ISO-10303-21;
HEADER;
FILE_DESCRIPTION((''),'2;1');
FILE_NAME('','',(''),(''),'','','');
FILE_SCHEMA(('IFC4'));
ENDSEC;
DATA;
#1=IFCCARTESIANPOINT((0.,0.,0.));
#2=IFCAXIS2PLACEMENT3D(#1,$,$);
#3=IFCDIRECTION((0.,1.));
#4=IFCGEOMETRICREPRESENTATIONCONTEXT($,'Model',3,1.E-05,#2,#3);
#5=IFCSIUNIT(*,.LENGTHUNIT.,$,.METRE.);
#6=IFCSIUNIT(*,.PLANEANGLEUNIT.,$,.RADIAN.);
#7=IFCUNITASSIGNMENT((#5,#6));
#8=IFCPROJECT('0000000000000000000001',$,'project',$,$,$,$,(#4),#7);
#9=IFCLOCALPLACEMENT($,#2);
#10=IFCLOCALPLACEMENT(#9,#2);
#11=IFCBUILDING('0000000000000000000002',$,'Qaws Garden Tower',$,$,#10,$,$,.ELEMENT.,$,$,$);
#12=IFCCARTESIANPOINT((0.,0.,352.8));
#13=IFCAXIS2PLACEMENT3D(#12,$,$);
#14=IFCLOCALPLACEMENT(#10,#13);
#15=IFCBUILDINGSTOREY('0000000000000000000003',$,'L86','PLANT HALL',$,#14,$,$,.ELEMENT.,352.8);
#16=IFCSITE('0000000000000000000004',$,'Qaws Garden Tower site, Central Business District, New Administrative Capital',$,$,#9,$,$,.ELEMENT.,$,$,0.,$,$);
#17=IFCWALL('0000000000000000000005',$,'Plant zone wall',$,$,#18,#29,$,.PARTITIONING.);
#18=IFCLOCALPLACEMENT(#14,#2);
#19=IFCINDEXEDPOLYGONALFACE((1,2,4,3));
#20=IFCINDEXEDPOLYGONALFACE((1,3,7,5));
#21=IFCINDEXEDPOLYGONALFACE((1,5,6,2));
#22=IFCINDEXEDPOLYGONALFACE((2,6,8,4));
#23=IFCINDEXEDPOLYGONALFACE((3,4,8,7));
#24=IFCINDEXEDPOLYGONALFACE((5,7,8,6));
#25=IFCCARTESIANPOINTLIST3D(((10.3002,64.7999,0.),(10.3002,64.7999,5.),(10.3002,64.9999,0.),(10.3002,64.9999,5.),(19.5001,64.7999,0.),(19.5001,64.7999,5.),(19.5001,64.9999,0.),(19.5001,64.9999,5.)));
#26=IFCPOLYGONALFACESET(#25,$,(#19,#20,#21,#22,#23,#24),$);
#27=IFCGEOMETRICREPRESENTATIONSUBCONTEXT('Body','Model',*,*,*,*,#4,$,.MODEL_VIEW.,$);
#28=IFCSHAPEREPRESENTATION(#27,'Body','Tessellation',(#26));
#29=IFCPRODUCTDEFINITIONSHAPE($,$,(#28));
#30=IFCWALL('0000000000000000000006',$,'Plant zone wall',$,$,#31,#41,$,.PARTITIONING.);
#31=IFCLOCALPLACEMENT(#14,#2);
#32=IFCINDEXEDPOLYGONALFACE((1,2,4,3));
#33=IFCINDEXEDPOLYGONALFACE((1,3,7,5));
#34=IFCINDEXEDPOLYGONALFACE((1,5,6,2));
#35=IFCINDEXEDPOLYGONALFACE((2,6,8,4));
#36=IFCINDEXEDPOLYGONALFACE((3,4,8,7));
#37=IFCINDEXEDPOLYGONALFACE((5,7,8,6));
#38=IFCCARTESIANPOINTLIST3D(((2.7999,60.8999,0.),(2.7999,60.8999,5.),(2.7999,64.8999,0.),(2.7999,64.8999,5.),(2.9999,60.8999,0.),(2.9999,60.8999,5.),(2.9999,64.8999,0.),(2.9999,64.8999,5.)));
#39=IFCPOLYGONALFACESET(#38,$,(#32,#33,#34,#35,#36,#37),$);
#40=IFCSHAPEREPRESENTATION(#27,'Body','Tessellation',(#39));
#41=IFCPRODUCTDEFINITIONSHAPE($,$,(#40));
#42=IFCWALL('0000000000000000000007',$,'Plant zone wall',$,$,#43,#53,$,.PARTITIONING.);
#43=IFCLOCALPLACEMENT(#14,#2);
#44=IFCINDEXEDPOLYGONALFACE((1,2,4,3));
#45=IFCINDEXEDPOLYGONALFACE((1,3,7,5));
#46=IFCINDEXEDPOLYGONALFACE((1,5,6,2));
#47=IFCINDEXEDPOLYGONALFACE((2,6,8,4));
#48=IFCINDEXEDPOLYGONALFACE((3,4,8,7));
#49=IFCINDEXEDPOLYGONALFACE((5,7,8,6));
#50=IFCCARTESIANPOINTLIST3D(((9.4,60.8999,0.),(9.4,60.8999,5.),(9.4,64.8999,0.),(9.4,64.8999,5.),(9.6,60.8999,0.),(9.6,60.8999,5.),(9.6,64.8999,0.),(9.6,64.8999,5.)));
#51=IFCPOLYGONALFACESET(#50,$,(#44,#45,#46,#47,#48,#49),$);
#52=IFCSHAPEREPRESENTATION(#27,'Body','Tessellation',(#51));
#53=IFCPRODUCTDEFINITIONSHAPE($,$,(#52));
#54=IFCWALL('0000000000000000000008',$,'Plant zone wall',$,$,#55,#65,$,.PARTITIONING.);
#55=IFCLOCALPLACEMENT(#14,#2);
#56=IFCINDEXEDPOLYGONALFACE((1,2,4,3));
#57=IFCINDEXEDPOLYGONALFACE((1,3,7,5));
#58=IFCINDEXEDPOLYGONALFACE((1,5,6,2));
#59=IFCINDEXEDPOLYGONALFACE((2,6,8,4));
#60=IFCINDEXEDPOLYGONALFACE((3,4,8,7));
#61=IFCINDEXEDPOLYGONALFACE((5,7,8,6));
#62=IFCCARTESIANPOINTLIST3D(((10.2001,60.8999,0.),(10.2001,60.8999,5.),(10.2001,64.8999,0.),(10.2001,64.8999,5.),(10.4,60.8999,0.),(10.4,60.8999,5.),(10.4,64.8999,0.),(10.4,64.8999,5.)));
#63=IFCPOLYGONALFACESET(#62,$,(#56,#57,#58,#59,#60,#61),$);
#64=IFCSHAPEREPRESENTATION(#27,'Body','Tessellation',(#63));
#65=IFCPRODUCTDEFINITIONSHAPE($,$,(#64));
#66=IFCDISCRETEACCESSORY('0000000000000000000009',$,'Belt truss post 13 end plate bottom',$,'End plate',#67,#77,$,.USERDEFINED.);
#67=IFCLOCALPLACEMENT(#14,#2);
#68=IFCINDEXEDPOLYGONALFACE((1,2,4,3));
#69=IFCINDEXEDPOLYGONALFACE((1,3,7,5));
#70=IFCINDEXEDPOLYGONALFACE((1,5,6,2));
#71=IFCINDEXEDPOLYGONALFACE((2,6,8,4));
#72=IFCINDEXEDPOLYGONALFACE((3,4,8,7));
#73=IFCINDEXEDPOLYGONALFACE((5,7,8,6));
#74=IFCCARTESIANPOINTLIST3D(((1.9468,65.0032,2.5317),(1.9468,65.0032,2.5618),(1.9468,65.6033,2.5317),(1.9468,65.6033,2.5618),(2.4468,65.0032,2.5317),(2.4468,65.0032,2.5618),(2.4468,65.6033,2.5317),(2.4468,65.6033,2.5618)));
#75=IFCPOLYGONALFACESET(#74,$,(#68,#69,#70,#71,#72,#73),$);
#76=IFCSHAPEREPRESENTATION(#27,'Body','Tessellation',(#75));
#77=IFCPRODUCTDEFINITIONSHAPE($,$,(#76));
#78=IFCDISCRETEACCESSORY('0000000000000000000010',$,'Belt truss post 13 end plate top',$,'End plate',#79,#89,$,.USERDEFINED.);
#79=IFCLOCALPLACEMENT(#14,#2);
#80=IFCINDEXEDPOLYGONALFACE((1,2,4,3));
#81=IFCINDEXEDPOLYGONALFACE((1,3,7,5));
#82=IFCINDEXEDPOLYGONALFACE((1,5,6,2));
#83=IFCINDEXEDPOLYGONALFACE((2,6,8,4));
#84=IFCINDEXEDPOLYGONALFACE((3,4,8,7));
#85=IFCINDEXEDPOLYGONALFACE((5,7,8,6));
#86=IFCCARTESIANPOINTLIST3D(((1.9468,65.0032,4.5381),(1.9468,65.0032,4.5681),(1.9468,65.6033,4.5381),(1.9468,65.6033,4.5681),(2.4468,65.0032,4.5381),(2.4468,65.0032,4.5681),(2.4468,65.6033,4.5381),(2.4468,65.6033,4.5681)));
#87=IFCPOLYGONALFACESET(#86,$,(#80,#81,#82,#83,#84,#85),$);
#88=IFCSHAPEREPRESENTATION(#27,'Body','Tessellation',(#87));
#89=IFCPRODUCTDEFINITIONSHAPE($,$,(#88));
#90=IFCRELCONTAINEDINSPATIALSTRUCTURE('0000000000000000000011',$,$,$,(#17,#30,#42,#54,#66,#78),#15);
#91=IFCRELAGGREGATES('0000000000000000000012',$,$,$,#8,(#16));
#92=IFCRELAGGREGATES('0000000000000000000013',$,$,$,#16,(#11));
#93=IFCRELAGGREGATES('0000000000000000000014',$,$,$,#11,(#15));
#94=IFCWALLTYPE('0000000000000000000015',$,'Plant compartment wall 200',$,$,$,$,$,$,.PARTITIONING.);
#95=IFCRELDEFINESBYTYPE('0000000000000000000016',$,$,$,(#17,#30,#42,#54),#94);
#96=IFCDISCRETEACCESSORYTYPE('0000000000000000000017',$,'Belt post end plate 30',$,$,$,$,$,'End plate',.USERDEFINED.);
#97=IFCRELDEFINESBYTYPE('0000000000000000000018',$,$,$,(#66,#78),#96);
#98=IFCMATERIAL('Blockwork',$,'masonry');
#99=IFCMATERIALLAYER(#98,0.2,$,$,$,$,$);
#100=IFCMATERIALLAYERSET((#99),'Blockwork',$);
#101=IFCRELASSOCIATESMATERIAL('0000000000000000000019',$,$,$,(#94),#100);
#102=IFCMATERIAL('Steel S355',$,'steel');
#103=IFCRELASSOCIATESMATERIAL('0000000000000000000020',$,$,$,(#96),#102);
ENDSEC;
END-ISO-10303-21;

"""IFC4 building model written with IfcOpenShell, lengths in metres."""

from ifc_helpers import new_model, si_unit, direction, frame, frame_2d, origin, origin_2d, place, context, subcontext, project, spatial, rectangle, extrude, material, layer, layer_set, type_object, element, save


model = new_model("IFC4")

# Units and contexts
model_context = context("Model", 3, precision=1e-05, world=origin(), true_north=direction((0.0, 1.0)))
body_context = subcontext(model_context, "Body", "Model", "MODEL_VIEW")
ifc_project = project(units=[si_unit("LENGTHUNIT", "METRE"), si_unit("PLANEANGLEUNIT", "RADIAN")], contexts=[model_context])

# Site, building, storey
site_placement = place(None, origin())
site = spatial("IfcSite", under=ifc_project, at=site_placement, Name="Qaws Garden Tower site, Central Business District, New Administrative Capital", CompositionType="ELEMENT", RefElevation=0.0)
building_placement = place(site_placement, origin())
building = spatial("IfcBuilding", under=site, at=building_placement, Name="Qaws Garden Tower", CompositionType="ELEMENT")
storey_placement = place(building_placement, frame((0.0, 0.0, 352.8)))
storey = spatial("IfcBuildingStorey", under=building, at=storey_placement, Name="L86", Description="PLANT HALL", CompositionType="ELEMENT", Elevation=352.8)

# Shared definitions
ifc_material_1 = material(Name="Blockwork", Category="masonry")
ifc_layer_1 = layer(ifc_material_1, 0.2)
ifc_layer_set_1 = layer_set([ifc_layer_1], Name="Blockwork")
wall_type = type_object("IfcWallType", Name="Plant compartment wall 200", PredefinedType="PARTITIONING", material=ifc_layer_set_1)

# Walls
wall_1_placement = place(storey_placement, frame((10.3, 64.8999, 0.0), z_axis=(0.0, 0.0, 1.0), x_axis=(1.0, 0.0, 0.0)))
element("IfcWall", 1, at=wall_1_placement, inside=storey, type_object=wall_type, Name="Plant zone wall", PredefinedType="PARTITIONING", context=body_context, shape_type="SweptSolid", body=[
    extrude(rectangle(XDim=9.2, YDim=0.2, at=frame_2d((4.6001, 0.0))), origin(), (0.0, 0.0, 1.0), 5.0),
])
for number, where, z_axis, x_axis, name in (
    (2, (2.8999, 60.8999, 0.0), (0.0, 0.0, 1.0), (0.0, 1.0, 0.0), "Plant zone wall"),
    (3, (9.5, 60.8999, 0.0), (0.0, 0.0, 1.0), (0.0, 1.0, 0.0), "Plant zone wall"),
    (4, (10.3, 60.8999, 0.0), (0.0, 0.0, 1.0), (0.0, 1.0, 0.0), "Plant zone wall"),
):
    element("IfcWall", number, at=place(storey_placement, frame(where, z_axis=z_axis, x_axis=x_axis)), inside=storey, type_object=wall_type, Name=name, PredefinedType="PARTITIONING", context=body_context, shape_type="SweptSolid", body=[
        extrude(rectangle(XDim=4.0, YDim=0.2, at=frame_2d((2.0, 0.0))), origin(), (0.0, 0.0, 1.0), 5.0),
    ])

# Discrete accessories
ifc_material_2 = material(Name="Steel S355", Category="steel")
discrete_accessory_type = type_object("IfcDiscreteAccessoryType", Name="Belt post end plate 30", ElementType="End plate", PredefinedType="USERDEFINED", material=ifc_material_2)
for number, where, z_axis, x_axis, name in (
    (5, (2.1968, 65.3032, 2.5317), (0.0, 0.0, 1.0), (1.0, 0.0, 0.0), "Belt truss post 13 end plate bottom"),
    (6, (2.1968, 65.3032, 4.5381), (0.0, 0.0, 1.0), (1.0, 0.0, 0.0), "Belt truss post 13 end plate top"),
):
    element("IfcDiscreteAccessory", number, at=place(storey_placement, frame(where, z_axis=z_axis, x_axis=x_axis)), inside=storey, type_object=discrete_accessory_type, Name=name, ObjectType="End plate", PredefinedType="USERDEFINED", context=body_context, shape_type="SweptSolid", body=[
        extrude(rectangle(XDim=0.5, YDim=0.6001, at=origin_2d()), origin(), (0.0, 0.0, 1.0), 0.03),
    ])

save(model, "model.ifc")
